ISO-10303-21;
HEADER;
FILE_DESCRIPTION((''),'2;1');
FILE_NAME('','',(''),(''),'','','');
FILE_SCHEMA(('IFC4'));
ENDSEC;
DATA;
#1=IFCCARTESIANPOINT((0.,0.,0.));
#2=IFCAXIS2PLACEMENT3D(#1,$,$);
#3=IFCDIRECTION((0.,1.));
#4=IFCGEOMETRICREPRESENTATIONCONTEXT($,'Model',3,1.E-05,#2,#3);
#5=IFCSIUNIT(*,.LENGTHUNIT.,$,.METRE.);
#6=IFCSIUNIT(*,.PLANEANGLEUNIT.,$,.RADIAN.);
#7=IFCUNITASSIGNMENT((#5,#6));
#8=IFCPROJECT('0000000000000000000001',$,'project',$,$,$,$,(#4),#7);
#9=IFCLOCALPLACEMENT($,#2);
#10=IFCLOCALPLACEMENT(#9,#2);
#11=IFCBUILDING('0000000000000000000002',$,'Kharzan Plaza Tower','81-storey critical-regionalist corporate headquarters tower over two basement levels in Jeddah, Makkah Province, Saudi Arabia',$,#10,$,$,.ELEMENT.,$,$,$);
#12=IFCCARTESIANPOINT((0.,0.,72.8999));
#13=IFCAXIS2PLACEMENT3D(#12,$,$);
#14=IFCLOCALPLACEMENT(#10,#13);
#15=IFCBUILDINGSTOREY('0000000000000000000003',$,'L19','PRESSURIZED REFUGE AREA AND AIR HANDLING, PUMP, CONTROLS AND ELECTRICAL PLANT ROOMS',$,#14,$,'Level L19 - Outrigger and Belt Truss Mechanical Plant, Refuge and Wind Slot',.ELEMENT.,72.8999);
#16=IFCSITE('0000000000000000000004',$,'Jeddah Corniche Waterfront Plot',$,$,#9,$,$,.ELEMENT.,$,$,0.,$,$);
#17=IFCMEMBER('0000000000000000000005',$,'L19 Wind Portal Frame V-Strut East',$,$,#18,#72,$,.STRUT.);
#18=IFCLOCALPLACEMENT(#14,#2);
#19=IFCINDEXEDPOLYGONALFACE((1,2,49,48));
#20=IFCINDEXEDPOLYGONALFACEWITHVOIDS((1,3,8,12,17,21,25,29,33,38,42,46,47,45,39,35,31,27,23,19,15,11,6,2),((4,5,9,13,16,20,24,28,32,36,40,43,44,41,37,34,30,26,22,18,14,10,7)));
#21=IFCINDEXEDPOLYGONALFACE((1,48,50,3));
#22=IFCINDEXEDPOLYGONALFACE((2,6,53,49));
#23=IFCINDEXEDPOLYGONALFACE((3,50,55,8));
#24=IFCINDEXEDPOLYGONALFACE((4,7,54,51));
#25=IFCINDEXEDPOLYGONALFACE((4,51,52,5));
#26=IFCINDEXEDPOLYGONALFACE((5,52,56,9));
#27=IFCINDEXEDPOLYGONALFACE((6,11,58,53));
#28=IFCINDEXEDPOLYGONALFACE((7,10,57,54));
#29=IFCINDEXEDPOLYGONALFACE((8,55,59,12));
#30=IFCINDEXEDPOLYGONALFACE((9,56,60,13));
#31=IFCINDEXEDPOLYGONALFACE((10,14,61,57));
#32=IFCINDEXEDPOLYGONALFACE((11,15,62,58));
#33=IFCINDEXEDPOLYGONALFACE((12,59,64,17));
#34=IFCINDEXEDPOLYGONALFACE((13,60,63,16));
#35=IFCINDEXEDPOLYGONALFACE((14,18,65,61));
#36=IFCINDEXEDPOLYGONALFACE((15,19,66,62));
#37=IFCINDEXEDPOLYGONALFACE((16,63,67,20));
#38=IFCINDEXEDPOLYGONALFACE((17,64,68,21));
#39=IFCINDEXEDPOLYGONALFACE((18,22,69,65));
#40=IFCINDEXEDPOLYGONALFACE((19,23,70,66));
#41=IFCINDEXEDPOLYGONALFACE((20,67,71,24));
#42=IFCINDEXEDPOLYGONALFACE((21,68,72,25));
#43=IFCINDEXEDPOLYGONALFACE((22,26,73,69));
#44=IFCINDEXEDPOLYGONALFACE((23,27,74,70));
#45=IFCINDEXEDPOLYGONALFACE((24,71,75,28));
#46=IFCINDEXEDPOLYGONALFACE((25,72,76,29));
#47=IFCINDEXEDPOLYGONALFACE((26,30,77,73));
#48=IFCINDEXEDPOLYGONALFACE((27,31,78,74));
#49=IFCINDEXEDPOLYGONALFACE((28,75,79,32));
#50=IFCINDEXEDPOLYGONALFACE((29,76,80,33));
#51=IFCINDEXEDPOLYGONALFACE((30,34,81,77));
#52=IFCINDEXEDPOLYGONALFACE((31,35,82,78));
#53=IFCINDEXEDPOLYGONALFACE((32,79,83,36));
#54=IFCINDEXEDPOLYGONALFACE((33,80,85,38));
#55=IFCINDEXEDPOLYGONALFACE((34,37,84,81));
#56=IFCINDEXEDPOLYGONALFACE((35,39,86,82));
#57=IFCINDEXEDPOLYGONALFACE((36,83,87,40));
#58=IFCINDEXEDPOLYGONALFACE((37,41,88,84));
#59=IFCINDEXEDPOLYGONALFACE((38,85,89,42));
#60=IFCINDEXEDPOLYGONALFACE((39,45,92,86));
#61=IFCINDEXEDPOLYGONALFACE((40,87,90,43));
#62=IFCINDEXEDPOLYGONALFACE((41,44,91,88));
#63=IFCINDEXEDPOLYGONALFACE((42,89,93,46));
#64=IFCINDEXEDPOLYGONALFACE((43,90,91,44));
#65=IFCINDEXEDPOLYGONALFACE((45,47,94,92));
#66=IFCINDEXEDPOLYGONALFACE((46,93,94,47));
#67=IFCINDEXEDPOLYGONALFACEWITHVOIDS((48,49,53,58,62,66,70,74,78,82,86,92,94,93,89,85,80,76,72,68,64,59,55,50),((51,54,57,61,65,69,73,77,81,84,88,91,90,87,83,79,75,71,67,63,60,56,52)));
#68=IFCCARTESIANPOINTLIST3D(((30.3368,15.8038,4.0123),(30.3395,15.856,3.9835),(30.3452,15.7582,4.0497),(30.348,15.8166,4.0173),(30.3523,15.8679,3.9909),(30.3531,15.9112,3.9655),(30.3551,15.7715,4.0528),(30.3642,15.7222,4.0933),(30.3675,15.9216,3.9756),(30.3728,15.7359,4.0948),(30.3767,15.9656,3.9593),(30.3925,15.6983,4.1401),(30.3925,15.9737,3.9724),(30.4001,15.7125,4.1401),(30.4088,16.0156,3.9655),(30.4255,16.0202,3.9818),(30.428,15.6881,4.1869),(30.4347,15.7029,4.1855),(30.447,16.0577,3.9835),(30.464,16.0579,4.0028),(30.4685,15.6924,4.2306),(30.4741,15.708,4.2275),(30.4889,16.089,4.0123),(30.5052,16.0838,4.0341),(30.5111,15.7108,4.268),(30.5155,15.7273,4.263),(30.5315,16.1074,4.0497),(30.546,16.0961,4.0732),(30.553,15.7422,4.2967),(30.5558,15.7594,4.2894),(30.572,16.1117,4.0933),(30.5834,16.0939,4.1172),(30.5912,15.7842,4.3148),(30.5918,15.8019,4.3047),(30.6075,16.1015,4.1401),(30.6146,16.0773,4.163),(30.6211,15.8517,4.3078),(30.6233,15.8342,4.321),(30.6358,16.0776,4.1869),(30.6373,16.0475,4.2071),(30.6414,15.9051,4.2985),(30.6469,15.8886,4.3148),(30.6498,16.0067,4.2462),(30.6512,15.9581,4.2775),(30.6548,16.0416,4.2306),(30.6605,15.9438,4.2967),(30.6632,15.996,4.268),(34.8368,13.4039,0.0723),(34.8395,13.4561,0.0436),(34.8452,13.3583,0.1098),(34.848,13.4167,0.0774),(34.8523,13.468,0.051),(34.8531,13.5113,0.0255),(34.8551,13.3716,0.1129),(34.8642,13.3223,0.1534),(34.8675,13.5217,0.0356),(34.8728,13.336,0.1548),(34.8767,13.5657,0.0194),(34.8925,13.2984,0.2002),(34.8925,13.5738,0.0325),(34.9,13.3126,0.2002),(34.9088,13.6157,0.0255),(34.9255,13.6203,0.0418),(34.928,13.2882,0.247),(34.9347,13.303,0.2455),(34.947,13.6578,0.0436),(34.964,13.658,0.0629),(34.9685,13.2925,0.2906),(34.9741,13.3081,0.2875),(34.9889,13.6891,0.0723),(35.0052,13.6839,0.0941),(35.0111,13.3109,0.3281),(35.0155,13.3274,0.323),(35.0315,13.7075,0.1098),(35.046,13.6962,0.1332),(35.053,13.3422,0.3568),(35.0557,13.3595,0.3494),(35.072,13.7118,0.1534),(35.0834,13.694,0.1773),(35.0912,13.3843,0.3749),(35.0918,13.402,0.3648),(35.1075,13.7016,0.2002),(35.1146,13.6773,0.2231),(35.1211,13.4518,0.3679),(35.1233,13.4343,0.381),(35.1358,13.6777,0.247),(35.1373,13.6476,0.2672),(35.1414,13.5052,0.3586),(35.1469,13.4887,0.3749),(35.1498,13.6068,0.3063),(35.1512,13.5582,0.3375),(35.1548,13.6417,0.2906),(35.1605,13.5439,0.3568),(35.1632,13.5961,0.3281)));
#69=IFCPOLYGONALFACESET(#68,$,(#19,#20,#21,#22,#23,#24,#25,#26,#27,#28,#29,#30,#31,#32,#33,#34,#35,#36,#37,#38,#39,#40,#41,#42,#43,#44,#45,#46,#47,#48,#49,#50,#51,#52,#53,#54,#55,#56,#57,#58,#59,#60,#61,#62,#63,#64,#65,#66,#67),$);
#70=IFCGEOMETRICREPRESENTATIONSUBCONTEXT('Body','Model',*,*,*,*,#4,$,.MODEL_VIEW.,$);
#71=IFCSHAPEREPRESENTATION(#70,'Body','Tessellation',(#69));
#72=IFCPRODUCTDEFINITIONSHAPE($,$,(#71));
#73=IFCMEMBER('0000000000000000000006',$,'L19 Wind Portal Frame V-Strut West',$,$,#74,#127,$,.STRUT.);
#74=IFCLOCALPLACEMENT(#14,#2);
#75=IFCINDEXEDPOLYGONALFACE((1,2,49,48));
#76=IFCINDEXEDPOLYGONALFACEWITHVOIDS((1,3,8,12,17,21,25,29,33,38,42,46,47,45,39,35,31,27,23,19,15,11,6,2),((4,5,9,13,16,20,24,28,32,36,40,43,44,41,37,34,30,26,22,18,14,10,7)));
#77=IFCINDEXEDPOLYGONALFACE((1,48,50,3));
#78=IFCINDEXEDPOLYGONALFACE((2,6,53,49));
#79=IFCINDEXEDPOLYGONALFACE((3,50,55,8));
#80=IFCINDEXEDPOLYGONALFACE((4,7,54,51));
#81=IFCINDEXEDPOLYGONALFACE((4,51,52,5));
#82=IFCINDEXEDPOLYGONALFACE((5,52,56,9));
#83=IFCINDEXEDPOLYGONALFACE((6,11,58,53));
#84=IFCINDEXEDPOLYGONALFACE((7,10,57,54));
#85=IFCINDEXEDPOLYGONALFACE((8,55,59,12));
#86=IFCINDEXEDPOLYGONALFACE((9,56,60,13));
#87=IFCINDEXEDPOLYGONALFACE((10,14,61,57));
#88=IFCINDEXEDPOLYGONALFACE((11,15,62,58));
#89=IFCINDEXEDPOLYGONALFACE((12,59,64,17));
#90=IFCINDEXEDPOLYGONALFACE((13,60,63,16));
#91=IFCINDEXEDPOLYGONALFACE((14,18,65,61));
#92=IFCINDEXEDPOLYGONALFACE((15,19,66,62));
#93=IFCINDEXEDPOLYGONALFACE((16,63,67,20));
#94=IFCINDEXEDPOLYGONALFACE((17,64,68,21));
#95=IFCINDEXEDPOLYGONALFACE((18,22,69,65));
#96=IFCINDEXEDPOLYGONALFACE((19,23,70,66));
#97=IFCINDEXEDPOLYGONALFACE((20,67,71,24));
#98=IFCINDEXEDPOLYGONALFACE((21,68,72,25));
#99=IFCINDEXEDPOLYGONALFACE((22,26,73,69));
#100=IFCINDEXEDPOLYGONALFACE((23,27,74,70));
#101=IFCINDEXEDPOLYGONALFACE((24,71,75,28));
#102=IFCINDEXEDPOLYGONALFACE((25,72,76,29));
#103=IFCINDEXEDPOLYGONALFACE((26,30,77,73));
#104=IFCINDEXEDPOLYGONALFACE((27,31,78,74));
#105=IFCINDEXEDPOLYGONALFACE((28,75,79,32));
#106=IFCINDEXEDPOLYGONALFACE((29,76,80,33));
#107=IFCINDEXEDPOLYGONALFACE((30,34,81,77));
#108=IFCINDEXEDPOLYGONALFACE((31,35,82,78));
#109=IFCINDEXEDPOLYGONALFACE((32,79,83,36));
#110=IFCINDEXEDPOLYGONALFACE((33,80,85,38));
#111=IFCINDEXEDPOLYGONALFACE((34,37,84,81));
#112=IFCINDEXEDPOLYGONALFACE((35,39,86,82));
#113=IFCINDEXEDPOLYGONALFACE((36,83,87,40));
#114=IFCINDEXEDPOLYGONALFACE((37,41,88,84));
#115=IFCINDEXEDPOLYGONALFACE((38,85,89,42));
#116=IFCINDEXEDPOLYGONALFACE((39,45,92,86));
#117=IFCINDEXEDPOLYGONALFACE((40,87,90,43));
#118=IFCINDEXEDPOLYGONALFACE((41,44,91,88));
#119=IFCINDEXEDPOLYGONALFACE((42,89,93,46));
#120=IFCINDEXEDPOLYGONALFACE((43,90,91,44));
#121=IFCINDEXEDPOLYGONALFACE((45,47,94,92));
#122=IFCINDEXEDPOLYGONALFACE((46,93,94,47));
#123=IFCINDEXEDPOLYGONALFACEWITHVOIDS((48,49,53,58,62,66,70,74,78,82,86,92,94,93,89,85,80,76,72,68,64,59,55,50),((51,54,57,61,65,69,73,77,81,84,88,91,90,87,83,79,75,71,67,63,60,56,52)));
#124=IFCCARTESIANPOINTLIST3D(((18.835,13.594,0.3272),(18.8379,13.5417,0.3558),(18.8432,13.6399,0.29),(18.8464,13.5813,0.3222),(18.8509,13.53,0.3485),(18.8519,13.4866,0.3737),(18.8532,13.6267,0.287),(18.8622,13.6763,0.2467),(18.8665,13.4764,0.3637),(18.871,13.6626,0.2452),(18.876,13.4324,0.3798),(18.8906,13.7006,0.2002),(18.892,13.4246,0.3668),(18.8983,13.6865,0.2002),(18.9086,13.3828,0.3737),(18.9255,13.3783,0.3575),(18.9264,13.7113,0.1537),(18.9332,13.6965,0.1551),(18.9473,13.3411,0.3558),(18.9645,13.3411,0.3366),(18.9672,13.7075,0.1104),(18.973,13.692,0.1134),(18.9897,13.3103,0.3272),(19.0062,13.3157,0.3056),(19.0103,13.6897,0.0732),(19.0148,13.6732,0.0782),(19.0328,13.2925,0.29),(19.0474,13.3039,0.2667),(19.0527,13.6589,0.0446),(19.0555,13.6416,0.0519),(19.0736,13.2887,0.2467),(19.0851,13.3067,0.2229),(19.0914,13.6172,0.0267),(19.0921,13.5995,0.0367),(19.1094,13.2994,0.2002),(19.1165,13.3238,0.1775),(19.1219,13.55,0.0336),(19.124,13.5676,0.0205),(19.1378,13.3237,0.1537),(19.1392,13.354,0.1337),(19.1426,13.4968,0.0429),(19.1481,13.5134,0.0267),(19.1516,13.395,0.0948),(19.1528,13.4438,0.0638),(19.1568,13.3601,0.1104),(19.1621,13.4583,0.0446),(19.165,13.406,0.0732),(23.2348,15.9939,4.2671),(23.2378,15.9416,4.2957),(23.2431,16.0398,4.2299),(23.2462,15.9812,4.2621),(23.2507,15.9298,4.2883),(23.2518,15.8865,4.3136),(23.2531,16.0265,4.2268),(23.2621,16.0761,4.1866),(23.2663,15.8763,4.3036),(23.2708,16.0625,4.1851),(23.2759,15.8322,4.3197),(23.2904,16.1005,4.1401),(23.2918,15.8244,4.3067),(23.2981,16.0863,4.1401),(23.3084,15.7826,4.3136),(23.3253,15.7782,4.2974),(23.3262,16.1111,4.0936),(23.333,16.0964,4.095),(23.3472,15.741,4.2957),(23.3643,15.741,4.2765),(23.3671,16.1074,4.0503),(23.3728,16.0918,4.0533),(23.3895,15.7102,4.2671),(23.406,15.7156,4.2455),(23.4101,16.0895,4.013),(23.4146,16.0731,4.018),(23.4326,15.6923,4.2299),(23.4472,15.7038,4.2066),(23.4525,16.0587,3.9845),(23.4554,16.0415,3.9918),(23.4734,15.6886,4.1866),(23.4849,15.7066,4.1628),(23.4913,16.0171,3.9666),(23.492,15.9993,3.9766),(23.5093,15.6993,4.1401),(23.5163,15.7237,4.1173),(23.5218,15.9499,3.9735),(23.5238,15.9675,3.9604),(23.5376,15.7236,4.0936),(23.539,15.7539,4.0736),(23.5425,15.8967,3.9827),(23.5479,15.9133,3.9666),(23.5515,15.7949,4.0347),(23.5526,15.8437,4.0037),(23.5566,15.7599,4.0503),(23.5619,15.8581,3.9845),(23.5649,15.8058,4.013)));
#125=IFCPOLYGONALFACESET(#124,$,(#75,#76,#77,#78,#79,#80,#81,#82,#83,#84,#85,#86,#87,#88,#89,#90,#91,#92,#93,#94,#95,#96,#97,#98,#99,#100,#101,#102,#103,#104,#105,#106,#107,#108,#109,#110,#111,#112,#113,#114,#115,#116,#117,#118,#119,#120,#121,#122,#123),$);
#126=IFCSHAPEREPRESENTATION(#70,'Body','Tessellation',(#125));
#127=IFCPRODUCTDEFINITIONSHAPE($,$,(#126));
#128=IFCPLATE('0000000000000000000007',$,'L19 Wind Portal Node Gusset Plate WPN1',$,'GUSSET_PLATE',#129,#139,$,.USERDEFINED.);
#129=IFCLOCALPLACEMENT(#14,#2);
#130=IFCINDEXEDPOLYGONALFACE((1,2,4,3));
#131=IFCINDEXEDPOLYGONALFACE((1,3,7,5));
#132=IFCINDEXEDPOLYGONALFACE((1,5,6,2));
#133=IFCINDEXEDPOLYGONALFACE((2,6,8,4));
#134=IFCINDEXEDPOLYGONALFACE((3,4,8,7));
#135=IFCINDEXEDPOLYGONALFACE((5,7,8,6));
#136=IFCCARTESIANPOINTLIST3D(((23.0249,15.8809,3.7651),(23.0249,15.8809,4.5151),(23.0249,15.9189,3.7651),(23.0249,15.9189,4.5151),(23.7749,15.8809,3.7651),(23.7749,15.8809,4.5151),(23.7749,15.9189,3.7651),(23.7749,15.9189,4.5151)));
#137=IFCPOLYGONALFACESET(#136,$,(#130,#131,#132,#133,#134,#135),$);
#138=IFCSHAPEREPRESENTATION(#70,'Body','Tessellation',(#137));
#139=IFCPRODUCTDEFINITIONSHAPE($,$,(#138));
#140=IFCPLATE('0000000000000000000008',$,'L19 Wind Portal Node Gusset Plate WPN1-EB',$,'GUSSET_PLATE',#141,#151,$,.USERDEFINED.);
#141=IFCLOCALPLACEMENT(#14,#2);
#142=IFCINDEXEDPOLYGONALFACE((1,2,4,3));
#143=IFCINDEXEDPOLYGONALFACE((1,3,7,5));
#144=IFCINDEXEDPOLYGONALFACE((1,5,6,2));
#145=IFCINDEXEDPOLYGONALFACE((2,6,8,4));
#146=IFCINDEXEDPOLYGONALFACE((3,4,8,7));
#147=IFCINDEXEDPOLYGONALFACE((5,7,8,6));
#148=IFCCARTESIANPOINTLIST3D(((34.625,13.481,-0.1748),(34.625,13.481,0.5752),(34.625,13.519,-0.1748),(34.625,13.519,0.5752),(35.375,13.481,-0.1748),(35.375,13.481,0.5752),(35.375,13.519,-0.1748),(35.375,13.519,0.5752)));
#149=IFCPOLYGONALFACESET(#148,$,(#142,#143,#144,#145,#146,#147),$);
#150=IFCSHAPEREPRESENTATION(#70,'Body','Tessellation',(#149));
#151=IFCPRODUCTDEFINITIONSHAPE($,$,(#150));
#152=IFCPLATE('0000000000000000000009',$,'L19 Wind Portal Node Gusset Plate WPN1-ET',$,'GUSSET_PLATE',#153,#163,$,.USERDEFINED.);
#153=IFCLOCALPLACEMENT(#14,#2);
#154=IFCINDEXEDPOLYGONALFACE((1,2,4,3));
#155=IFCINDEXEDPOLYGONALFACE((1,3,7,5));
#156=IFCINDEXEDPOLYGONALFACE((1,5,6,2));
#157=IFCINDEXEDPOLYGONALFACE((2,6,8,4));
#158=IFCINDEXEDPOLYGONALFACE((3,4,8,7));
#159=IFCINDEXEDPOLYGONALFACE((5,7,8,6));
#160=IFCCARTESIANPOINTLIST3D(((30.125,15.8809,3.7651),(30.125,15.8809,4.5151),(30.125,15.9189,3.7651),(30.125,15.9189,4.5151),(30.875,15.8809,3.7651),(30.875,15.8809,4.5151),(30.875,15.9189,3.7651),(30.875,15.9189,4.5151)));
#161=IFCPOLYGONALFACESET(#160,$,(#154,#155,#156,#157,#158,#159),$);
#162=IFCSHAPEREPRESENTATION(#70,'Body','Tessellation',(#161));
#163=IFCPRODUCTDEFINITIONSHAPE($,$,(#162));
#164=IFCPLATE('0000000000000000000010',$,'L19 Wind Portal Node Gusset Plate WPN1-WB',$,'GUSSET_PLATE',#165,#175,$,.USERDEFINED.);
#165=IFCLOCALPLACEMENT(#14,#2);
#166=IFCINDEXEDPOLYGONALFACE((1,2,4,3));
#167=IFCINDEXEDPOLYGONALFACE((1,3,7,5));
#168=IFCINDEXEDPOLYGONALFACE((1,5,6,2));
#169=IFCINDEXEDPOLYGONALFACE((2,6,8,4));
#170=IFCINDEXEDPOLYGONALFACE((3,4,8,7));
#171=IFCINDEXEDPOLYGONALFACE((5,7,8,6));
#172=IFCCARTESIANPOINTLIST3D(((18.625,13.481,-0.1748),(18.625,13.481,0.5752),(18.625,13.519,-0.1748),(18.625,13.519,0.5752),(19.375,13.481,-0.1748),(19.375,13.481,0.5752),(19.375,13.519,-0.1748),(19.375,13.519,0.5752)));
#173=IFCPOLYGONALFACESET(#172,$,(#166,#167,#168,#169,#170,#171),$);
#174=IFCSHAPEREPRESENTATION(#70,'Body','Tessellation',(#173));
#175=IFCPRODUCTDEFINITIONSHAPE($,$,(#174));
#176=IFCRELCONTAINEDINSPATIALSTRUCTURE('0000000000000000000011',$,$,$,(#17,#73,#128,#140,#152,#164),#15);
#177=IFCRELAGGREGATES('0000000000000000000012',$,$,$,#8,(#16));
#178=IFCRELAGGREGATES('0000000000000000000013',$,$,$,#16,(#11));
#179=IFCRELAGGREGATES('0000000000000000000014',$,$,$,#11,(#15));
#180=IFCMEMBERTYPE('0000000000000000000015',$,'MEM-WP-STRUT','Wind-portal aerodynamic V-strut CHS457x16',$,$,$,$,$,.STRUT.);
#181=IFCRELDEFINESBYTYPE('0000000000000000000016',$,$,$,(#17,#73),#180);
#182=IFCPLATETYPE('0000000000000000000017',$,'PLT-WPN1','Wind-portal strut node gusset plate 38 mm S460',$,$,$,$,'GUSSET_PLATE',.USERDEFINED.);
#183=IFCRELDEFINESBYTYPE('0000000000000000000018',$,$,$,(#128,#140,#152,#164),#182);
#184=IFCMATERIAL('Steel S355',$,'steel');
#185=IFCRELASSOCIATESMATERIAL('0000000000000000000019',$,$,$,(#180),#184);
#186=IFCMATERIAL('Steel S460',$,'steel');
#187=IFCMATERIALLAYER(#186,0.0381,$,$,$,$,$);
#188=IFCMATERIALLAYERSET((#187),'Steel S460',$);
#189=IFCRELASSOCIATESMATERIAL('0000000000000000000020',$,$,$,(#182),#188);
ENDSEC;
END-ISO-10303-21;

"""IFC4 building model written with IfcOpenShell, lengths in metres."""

from ifc_helpers import new_model, si_unit, direction, frame, origin, origin_2d, place, context, subcontext, project, spatial, rectangle, hollow_circle, extrude, source, transform, mapped, material, layer, layer_set, material_profile, profile_set, type_object, element, save


model = new_model("IFC4")

# Units and contexts
model_context = context("Model", 3, precision=1e-05, world=origin(), true_north=direction((0.0, 1.0)))
body_context = subcontext(model_context, "Body", "Model", "MODEL_VIEW")
ifc_project = project(units=[si_unit("LENGTHUNIT", "METRE"), si_unit("PLANEANGLEUNIT", "RADIAN")], contexts=[model_context])

# Site, building, storey
site_placement = place(None, origin())
site = spatial("IfcSite", under=ifc_project, at=site_placement, Name="Jeddah Corniche Waterfront Plot", CompositionType="ELEMENT", RefElevation=0.0)
building_placement = place(site_placement, origin())
building = spatial("IfcBuilding", under=site, at=building_placement, Name="Kharzan Plaza Tower", Description="81-storey critical-regionalist corporate headquarters tower over two basement levels in Jeddah, Makkah Province, Saudi Arabia", CompositionType="ELEMENT")
storey_placement = place(building_placement, frame((0.0, 0.0, 72.8999)))
storey = spatial("IfcBuildingStorey", under=building, at=storey_placement, Name="L19", Description="PRESSURIZED REFUGE AREA AND AIR HANDLING, PUMP, CONTROLS AND ELECTRICAL PLANT ROOMS", LongName="Level L19 - Outrigger and Belt Truss Mechanical Plant, Refuge and Wind Slot", CompositionType="ELEMENT", Elevation=72.8999)

# Shared definitions
ifc_material_1 = material(Name="Steel S355", Category="steel")

# Members
ifc_material_profile_1 = material_profile(ifc_material_1, hollow_circle(Radius=0.2285, WallThickness=0.0161, at=origin_2d()), Name="CHS457x16")
ifc_profile_set_1 = profile_set([ifc_material_profile_1], Name="Steel S355")
member_type = type_object("IfcMemberType", Name="MEM-WP-STRUT", Description="Wind-portal aerodynamic V-strut CHS457x16", PredefinedType="STRUT", material=ifc_profile_set_1)
shared_shape_1 = source(origin(), body_context, "Body", "SweptSolid", [
    extrude(hollow_circle(Radius=0.2285, WallThickness=0.0161, at=origin_2d()), origin(), (0.0, 0.0, 1.0), 6.4446),
])
member_1_placement = place(storey_placement, frame((35.0, 13.5, 0.2002), z_axis=(-0.698261, 0.372391, 0.611357), x_axis=(-0.470573, -0.882361, 0.0)))
element("IfcMember", 1, at=member_1_placement, inside=storey, type_object=member_type, Name="L19 Wind Portal Frame V-Strut East", PredefinedType="STRUT", context=body_context, shape_type="MappedRepresentation", body=[
    mapped(shared_shape_1, transform((0.0, 0.0, 0.0), x_axis=(1.0, 0.0, 0.0), y_axis=(0.0, 1.0, 0.0), z_axis=(0.0, 0.0, 1.0))),
])
shared_shape_2 = source(origin(), body_context, "Body", "SweptSolid", [
    extrude(hollow_circle(Radius=0.2285, WallThickness=0.0161, at=origin_2d()), origin(), (0.0, 0.0, 1.0), 6.375),
])
member_2_placement = place(storey_placement, frame((19.0, 13.5, 0.2002), z_axis=(0.690171, 0.37645, 0.618021), x_axis=(-0.478845, 0.877899, 0.0)))
element("IfcMember", 2, at=member_2_placement, inside=storey, type_object=member_type, Name="L19 Wind Portal Frame V-Strut West", PredefinedType="STRUT", context=body_context, shape_type="MappedRepresentation", body=[
    mapped(shared_shape_2, transform((0.0, 0.0, 0.0), x_axis=(1.0, 0.0, 0.0), y_axis=(0.0, 1.0, 0.0), z_axis=(0.0, 0.0, 1.0))),
])

# Plates
ifc_material_2 = material(Name="Steel S460", Category="steel")
ifc_layer_1 = layer(ifc_material_2, 0.0381)
ifc_layer_set_1 = layer_set([ifc_layer_1], Name="Steel S460")
plate_type = type_object("IfcPlateType", Name="PLT-WPN1", Description="Wind-portal strut node gusset plate 38 mm S460", ElementType="GUSSET_PLATE", PredefinedType="USERDEFINED", material=ifc_layer_set_1)
shared_shape_3 = source(origin(), body_context, "Body", "SweptSolid", [
    extrude(rectangle(XDim=0.75, YDim=0.0381, at=origin_2d()), origin(), (0.0, 0.0, 1.0), 0.75),
])
for number, where, z_axis, x_axis, name in (
    (3, (23.3999, 15.8999, 3.7651), (0.0, 0.0, 1.0), (1.0, 0.0, 0.0), "L19 Wind Portal Node Gusset Plate WPN1"),
    (4, (35.0, 13.5, -0.1748), (0.0, 0.0, 1.0), (1.0, 0.0, 0.0), "L19 Wind Portal Node Gusset Plate WPN1-EB"),
    (5, (30.5, 15.8999, 3.7651), (0.0, 0.0, 1.0), (1.0, 0.0, 0.0), "L19 Wind Portal Node Gusset Plate WPN1-ET"),
    (6, (19.0, 13.5, -0.1748), (0.0, 0.0, 1.0), (1.0, 0.0, 0.0), "L19 Wind Portal Node Gusset Plate WPN1-WB"),
):
    element("IfcPlate", number, at=place(storey_placement, frame(where, z_axis=z_axis, x_axis=x_axis)), inside=storey, type_object=plate_type, Name=name, ObjectType="GUSSET_PLATE", PredefinedType="USERDEFINED", context=body_context, shape_type="MappedRepresentation", body=[
        mapped(shared_shape_3, transform((0.0, 0.0, 0.0), x_axis=(1.0, 0.0, 0.0), y_axis=(0.0, 1.0, 0.0), z_axis=(0.0, 0.0, 1.0))),
    ])

save(model, "model.ifc")
